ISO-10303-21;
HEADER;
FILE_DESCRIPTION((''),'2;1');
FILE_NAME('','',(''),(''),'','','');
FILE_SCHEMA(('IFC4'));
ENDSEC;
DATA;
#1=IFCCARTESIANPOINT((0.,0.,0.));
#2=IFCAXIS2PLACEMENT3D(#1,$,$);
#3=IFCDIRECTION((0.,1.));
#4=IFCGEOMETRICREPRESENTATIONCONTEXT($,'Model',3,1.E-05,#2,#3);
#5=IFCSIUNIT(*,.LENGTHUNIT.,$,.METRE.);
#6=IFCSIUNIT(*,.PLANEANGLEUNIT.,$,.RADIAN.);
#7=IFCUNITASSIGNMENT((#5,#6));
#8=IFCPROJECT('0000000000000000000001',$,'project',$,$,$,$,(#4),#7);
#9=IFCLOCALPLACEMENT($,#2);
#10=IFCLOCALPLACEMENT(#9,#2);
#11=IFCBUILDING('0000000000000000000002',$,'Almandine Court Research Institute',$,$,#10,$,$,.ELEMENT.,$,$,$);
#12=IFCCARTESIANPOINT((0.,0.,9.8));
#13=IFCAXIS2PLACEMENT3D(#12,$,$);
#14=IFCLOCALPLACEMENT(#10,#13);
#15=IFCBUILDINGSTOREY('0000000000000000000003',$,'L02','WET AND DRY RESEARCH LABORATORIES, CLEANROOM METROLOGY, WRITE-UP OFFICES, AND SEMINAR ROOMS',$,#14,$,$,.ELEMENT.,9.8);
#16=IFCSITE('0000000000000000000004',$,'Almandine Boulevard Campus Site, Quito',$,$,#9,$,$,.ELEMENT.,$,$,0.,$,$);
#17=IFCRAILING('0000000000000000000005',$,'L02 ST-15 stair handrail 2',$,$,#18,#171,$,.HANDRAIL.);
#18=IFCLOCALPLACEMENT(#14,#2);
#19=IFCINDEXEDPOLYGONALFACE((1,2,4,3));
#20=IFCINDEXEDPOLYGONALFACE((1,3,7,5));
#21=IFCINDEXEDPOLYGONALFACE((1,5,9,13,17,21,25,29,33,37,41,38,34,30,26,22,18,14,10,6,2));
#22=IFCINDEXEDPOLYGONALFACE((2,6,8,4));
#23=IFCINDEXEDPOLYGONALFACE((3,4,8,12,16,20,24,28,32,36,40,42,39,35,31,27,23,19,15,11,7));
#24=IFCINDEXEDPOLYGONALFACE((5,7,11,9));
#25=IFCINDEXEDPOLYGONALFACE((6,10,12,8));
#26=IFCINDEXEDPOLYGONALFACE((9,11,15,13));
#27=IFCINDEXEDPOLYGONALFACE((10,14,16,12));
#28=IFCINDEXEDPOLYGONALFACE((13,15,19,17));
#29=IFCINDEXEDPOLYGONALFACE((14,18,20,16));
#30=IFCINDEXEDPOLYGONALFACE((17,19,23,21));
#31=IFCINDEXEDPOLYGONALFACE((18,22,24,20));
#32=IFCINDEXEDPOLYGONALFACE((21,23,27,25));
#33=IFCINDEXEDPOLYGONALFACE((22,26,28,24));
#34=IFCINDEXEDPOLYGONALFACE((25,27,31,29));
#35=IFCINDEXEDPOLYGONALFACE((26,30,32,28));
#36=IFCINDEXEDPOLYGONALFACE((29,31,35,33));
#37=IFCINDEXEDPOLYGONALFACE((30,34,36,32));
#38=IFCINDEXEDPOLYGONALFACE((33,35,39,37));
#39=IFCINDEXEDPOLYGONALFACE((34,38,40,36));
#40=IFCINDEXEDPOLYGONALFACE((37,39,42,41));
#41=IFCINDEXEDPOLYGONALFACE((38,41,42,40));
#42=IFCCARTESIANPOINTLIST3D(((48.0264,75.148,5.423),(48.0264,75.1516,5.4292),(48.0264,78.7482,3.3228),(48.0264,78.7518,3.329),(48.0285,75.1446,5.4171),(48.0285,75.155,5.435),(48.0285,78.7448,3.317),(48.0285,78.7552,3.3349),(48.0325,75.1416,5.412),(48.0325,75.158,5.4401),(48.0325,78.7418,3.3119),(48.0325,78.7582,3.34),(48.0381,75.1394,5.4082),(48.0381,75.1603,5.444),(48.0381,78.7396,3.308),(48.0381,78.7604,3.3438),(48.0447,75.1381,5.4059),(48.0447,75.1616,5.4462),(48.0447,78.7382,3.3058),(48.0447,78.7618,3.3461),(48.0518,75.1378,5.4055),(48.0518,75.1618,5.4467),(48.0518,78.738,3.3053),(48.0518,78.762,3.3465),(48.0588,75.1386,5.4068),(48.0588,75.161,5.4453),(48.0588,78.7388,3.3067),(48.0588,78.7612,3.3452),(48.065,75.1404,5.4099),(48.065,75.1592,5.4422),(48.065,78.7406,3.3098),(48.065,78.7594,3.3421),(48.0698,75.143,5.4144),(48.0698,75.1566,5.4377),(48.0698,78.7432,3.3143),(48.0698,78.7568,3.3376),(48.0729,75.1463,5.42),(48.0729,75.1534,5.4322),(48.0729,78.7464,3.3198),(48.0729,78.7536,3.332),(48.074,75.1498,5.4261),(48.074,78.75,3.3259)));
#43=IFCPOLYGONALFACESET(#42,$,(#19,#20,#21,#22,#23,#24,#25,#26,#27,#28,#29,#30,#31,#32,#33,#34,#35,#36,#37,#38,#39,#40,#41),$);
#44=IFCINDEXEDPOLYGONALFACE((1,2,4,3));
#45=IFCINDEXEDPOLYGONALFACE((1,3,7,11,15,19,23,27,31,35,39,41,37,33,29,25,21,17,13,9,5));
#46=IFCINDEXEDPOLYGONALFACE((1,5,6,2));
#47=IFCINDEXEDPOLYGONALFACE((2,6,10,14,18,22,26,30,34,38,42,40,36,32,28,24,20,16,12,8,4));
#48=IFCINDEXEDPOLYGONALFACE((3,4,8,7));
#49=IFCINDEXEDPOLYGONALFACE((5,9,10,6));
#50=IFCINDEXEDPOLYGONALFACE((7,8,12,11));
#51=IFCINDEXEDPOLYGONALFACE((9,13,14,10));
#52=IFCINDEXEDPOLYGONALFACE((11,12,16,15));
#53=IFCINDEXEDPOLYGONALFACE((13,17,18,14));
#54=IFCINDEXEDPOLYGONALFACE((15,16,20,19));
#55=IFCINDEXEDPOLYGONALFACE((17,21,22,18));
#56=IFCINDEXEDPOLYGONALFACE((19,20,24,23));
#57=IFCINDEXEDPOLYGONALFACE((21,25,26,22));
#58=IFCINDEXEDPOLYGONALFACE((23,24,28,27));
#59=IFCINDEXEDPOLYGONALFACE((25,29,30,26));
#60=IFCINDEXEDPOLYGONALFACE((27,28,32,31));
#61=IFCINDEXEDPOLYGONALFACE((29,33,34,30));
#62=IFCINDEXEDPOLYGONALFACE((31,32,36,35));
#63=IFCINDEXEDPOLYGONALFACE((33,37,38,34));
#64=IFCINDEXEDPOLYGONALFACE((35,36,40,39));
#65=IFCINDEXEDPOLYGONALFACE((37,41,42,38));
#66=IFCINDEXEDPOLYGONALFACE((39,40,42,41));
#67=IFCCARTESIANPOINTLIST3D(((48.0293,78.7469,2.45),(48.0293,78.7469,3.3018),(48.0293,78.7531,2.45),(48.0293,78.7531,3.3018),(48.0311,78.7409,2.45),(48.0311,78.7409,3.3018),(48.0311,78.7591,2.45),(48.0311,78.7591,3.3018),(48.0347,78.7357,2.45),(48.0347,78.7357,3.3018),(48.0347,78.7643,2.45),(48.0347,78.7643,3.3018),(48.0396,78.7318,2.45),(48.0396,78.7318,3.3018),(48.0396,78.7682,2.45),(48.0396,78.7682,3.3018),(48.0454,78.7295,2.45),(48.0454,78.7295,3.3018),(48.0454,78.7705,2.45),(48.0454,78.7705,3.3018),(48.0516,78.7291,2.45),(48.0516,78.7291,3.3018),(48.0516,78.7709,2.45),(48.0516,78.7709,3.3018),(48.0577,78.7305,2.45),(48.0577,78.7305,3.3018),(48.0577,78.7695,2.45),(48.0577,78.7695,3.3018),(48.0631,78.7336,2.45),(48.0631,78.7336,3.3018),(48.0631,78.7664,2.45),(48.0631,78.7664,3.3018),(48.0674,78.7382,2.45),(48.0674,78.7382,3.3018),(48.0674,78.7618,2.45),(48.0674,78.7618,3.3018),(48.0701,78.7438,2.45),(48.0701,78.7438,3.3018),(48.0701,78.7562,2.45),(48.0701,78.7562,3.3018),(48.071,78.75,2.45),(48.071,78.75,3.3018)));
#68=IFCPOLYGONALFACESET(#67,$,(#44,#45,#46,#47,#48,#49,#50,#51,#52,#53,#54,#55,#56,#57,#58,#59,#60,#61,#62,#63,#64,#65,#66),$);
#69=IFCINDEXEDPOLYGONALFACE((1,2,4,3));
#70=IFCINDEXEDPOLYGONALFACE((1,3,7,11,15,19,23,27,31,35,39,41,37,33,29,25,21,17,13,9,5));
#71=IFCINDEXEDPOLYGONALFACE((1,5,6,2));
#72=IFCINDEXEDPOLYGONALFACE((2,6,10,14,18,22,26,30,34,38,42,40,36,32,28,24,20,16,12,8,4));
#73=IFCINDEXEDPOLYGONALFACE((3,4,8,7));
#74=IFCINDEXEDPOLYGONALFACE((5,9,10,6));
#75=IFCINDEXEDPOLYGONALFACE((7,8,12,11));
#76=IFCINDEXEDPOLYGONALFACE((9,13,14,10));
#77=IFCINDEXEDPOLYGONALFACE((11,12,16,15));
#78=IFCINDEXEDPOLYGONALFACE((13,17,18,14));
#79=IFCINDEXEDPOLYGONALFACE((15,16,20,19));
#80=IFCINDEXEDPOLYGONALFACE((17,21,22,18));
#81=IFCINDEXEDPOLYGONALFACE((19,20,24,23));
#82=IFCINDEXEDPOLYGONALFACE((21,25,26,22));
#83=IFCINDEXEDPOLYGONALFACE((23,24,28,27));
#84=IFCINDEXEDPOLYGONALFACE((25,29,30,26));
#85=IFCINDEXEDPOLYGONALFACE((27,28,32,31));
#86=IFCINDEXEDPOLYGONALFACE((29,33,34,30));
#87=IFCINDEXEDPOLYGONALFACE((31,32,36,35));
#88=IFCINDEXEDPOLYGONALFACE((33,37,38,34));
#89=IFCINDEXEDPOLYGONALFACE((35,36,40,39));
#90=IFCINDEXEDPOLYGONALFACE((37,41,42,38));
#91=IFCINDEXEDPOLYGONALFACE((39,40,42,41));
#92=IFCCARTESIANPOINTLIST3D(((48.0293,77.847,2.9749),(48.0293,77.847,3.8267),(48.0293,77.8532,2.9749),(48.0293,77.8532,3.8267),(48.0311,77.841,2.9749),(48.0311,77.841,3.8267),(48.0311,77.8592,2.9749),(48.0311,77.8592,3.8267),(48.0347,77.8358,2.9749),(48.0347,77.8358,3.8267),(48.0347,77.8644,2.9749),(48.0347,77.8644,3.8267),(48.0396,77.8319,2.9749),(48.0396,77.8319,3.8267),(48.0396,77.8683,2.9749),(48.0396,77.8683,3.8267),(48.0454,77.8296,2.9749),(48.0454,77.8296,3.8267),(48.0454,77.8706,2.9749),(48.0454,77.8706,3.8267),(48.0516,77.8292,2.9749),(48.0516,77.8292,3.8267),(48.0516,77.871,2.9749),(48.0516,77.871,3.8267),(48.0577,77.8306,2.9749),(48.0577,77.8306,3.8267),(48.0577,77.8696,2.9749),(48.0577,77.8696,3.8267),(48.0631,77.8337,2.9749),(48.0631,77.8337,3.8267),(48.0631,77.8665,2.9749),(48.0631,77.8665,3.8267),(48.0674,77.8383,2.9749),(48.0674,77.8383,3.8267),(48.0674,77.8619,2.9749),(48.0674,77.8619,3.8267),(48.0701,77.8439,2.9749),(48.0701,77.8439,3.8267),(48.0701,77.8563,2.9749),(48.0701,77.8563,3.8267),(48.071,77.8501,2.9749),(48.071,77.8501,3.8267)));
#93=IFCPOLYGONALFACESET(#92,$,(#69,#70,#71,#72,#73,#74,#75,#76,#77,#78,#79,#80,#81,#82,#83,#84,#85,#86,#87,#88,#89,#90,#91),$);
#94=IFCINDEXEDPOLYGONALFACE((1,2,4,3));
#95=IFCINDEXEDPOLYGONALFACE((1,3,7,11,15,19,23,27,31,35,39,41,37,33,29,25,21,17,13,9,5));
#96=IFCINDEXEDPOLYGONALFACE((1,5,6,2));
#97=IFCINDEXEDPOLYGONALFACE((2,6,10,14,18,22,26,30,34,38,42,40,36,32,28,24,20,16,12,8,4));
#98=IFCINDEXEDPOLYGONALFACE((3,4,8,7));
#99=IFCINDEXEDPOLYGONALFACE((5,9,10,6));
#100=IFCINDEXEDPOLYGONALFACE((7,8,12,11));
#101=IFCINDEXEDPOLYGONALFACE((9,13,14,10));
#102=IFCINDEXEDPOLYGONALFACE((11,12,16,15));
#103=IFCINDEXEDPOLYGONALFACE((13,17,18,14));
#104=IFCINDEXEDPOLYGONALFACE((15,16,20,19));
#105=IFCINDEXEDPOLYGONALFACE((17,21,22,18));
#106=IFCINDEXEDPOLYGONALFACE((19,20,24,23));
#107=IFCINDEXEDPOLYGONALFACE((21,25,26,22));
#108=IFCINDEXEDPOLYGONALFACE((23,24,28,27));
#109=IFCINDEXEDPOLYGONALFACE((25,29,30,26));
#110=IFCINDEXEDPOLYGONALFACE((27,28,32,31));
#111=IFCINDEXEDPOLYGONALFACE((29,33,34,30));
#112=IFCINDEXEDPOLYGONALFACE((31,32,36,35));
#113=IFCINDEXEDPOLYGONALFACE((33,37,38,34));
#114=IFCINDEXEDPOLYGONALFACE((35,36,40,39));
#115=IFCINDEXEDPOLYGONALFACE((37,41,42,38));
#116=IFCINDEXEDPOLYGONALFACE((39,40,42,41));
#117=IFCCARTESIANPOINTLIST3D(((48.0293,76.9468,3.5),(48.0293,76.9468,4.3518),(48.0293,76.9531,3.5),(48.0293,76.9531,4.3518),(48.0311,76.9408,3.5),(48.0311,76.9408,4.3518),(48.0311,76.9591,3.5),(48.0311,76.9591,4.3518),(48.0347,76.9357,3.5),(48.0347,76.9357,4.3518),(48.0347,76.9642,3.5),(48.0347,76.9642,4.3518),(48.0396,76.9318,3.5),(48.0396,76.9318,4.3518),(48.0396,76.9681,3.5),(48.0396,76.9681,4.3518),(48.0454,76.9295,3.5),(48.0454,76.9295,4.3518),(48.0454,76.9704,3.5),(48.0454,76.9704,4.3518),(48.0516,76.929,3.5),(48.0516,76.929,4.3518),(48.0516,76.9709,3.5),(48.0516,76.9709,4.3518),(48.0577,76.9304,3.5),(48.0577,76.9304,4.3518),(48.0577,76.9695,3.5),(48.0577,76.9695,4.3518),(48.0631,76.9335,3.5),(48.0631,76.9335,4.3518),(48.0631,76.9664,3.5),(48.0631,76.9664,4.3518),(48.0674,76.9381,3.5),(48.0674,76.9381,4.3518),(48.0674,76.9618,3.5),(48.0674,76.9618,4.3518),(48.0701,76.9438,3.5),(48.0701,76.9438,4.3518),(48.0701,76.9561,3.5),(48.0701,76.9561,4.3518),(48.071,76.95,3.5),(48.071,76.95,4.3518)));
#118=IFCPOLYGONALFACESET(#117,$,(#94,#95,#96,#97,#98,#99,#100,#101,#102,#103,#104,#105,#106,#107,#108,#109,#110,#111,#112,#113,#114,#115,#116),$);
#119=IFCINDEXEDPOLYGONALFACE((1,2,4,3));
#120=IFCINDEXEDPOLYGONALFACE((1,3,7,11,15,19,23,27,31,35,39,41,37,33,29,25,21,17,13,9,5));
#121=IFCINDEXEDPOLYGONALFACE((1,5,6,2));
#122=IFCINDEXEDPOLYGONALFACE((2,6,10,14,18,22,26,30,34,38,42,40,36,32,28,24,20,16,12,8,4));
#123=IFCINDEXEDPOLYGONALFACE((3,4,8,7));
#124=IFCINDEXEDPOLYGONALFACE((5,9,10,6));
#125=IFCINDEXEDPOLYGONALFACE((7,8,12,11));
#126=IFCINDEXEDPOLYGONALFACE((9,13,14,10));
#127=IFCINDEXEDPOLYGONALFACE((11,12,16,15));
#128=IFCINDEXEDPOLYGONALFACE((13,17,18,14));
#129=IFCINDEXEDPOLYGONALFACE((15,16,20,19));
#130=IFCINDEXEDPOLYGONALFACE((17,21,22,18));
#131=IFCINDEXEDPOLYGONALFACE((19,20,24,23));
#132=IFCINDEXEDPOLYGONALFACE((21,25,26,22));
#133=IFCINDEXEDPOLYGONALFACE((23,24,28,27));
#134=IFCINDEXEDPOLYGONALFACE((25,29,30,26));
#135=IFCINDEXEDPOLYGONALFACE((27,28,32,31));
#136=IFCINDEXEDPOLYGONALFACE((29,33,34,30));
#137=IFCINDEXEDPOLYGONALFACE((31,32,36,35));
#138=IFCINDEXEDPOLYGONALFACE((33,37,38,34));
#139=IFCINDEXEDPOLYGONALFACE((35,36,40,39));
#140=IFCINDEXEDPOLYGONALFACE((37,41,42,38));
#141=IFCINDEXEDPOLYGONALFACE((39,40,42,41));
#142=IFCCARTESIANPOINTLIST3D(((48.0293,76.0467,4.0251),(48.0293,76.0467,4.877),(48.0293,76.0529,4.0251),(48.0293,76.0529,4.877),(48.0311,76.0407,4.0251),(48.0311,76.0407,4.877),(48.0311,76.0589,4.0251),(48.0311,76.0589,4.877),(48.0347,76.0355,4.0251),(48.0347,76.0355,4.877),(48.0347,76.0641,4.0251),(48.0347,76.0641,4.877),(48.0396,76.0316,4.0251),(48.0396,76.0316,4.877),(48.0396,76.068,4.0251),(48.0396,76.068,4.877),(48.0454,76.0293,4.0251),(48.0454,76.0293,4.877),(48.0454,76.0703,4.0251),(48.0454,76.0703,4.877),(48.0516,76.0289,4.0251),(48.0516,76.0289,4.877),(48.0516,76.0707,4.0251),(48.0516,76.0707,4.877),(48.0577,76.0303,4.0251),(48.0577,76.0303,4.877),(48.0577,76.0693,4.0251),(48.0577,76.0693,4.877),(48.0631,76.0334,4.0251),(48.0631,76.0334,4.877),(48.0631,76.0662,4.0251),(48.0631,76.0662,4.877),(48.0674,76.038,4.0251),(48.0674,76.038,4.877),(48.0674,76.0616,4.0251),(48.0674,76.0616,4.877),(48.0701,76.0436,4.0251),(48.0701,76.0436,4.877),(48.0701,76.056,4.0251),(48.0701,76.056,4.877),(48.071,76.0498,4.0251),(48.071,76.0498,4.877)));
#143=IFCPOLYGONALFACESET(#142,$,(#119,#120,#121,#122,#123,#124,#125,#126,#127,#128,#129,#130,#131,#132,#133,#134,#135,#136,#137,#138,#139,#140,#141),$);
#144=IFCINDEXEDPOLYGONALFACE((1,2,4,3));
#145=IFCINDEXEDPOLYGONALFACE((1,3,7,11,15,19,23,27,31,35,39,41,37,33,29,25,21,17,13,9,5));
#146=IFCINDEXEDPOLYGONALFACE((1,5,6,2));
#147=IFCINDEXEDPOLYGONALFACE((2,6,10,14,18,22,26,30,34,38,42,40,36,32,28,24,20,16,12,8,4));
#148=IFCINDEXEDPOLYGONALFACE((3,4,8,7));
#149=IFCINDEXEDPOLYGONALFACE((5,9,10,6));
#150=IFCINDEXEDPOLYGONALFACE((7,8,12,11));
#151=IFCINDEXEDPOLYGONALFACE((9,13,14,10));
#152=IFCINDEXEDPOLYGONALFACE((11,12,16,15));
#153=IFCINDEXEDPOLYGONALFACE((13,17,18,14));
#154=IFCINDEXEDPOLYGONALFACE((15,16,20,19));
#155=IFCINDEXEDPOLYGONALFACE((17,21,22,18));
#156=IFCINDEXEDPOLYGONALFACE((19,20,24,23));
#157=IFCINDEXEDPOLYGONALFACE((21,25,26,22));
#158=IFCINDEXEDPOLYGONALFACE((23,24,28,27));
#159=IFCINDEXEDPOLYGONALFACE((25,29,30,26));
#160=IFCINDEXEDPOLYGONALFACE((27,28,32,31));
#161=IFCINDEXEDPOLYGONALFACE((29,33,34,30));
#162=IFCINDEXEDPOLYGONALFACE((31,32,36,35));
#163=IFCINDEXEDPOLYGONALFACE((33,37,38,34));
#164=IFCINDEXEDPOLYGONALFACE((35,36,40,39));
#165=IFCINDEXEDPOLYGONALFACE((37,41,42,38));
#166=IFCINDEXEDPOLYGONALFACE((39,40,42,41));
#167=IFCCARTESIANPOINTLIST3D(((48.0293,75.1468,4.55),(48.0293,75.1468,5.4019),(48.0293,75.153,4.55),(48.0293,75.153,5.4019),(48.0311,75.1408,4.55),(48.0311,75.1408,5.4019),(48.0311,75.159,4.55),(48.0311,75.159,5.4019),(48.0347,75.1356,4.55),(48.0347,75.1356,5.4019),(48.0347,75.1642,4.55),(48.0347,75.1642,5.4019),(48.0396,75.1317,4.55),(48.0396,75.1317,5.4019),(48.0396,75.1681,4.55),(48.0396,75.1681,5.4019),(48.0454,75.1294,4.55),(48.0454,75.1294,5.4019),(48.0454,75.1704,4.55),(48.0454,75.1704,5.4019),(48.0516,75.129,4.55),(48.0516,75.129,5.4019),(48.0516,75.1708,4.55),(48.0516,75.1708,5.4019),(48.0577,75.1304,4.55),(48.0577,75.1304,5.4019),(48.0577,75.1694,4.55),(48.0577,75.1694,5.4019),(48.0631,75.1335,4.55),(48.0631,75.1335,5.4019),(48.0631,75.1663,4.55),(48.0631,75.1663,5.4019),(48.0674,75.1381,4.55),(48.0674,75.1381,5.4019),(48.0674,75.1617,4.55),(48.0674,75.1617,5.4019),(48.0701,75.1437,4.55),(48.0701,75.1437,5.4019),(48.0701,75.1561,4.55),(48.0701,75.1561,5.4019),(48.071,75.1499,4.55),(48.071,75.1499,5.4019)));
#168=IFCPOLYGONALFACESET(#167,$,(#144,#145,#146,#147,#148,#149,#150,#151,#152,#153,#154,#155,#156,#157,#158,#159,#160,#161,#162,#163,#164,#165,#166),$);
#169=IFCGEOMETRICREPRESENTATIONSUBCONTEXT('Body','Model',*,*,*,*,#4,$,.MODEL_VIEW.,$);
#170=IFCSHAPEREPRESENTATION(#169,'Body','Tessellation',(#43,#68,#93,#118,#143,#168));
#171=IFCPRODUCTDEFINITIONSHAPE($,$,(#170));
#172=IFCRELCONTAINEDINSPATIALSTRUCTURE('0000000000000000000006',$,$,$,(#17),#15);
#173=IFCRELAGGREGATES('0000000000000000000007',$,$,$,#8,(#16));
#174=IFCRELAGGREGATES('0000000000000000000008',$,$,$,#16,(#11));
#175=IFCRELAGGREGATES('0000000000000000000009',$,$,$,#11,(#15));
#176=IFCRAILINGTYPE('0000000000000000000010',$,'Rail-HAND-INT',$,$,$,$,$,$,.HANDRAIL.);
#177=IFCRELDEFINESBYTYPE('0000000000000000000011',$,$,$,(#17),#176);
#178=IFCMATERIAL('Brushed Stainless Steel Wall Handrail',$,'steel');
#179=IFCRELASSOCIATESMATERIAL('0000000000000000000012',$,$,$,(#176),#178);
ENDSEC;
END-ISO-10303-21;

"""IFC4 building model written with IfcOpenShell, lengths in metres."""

from ifc_helpers import new_model, si_unit, direction, frame, origin, origin_2d, place, context, subcontext, project, spatial, circle, extrude, material, type_object, element, save


model = new_model("IFC4")

# Units and contexts
model_context = context("Model", 3, precision=1e-05, world=origin(), true_north=direction((0.0, 1.0)))
body_context = subcontext(model_context, "Body", "Model", "MODEL_VIEW")
ifc_project = project(units=[si_unit("LENGTHUNIT", "METRE"), si_unit("PLANEANGLEUNIT", "RADIAN")], contexts=[model_context])

# Site, building, storey
site_placement = place(None, origin())
site = spatial("IfcSite", under=ifc_project, at=site_placement, Name="Almandine Boulevard Campus Site, Quito", CompositionType="ELEMENT", RefElevation=0.0)
building_placement = place(site_placement, origin())
building = spatial("IfcBuilding", under=site, at=building_placement, Name="Almandine Court Research Institute", CompositionType="ELEMENT")
storey_placement = place(building_placement, frame((0.0, 0.0, 9.8)))
storey = spatial("IfcBuildingStorey", under=building, at=storey_placement, Name="L02", Description="WET AND DRY RESEARCH LABORATORIES, CLEANROOM METROLOGY, WRITE-UP OFFICES, AND SEMINAR ROOMS", CompositionType="ELEMENT", Elevation=9.8)

# Railing
ifc_material_1 = material(Name="Brushed Stainless Steel Wall Handrail", Category="steel")
railing_type_1 = type_object("IfcRailingType", Name="Rail-HAND-INT", PredefinedType="HANDRAIL", material=ifc_material_1)
railing_1_placement = place(storey_placement, frame((48.05, 78.75, 2.45)))
element("IfcRailing", 1, at=railing_1_placement, inside=storey, type_object=railing_type_1, Name="L02 ST-15 stair handrail 2", PredefinedType="HANDRAIL", context=body_context, shape_type="SweptSolid", body=[
    extrude(circle(Radius=0.0239, at=origin_2d()), frame((0.0, 0.0, 0.876), z_axis=(0.0, -0.863775, 0.503878), x_axis=(1.0, 0.0, 0.0)), (0.0, 0.0, 1.0), 4.168),
    extrude(circle(Radius=0.021, at=origin_2d()), origin(), (0.0, 0.0, 1.0), 0.8518),
    extrude(circle(Radius=0.021, at=origin_2d()), frame((0.0, -0.8999, 0.5249)), (0.0, 0.0, 1.0), 0.8518),
    extrude(circle(Radius=0.021, at=origin_2d()), frame((0.0, -1.8, 1.05)), (0.0, 0.0, 1.0), 0.8518),
    extrude(circle(Radius=0.021, at=origin_2d()), frame((0.0, -2.7002, 1.5752)), (0.0, 0.0, 1.0), 0.8518),
    extrude(circle(Radius=0.021, at=origin_2d()), frame((0.0, -3.6001, 2.1001)), (0.0, 0.0, 1.0), 0.8518),
])

save(model, "model.ifc")
